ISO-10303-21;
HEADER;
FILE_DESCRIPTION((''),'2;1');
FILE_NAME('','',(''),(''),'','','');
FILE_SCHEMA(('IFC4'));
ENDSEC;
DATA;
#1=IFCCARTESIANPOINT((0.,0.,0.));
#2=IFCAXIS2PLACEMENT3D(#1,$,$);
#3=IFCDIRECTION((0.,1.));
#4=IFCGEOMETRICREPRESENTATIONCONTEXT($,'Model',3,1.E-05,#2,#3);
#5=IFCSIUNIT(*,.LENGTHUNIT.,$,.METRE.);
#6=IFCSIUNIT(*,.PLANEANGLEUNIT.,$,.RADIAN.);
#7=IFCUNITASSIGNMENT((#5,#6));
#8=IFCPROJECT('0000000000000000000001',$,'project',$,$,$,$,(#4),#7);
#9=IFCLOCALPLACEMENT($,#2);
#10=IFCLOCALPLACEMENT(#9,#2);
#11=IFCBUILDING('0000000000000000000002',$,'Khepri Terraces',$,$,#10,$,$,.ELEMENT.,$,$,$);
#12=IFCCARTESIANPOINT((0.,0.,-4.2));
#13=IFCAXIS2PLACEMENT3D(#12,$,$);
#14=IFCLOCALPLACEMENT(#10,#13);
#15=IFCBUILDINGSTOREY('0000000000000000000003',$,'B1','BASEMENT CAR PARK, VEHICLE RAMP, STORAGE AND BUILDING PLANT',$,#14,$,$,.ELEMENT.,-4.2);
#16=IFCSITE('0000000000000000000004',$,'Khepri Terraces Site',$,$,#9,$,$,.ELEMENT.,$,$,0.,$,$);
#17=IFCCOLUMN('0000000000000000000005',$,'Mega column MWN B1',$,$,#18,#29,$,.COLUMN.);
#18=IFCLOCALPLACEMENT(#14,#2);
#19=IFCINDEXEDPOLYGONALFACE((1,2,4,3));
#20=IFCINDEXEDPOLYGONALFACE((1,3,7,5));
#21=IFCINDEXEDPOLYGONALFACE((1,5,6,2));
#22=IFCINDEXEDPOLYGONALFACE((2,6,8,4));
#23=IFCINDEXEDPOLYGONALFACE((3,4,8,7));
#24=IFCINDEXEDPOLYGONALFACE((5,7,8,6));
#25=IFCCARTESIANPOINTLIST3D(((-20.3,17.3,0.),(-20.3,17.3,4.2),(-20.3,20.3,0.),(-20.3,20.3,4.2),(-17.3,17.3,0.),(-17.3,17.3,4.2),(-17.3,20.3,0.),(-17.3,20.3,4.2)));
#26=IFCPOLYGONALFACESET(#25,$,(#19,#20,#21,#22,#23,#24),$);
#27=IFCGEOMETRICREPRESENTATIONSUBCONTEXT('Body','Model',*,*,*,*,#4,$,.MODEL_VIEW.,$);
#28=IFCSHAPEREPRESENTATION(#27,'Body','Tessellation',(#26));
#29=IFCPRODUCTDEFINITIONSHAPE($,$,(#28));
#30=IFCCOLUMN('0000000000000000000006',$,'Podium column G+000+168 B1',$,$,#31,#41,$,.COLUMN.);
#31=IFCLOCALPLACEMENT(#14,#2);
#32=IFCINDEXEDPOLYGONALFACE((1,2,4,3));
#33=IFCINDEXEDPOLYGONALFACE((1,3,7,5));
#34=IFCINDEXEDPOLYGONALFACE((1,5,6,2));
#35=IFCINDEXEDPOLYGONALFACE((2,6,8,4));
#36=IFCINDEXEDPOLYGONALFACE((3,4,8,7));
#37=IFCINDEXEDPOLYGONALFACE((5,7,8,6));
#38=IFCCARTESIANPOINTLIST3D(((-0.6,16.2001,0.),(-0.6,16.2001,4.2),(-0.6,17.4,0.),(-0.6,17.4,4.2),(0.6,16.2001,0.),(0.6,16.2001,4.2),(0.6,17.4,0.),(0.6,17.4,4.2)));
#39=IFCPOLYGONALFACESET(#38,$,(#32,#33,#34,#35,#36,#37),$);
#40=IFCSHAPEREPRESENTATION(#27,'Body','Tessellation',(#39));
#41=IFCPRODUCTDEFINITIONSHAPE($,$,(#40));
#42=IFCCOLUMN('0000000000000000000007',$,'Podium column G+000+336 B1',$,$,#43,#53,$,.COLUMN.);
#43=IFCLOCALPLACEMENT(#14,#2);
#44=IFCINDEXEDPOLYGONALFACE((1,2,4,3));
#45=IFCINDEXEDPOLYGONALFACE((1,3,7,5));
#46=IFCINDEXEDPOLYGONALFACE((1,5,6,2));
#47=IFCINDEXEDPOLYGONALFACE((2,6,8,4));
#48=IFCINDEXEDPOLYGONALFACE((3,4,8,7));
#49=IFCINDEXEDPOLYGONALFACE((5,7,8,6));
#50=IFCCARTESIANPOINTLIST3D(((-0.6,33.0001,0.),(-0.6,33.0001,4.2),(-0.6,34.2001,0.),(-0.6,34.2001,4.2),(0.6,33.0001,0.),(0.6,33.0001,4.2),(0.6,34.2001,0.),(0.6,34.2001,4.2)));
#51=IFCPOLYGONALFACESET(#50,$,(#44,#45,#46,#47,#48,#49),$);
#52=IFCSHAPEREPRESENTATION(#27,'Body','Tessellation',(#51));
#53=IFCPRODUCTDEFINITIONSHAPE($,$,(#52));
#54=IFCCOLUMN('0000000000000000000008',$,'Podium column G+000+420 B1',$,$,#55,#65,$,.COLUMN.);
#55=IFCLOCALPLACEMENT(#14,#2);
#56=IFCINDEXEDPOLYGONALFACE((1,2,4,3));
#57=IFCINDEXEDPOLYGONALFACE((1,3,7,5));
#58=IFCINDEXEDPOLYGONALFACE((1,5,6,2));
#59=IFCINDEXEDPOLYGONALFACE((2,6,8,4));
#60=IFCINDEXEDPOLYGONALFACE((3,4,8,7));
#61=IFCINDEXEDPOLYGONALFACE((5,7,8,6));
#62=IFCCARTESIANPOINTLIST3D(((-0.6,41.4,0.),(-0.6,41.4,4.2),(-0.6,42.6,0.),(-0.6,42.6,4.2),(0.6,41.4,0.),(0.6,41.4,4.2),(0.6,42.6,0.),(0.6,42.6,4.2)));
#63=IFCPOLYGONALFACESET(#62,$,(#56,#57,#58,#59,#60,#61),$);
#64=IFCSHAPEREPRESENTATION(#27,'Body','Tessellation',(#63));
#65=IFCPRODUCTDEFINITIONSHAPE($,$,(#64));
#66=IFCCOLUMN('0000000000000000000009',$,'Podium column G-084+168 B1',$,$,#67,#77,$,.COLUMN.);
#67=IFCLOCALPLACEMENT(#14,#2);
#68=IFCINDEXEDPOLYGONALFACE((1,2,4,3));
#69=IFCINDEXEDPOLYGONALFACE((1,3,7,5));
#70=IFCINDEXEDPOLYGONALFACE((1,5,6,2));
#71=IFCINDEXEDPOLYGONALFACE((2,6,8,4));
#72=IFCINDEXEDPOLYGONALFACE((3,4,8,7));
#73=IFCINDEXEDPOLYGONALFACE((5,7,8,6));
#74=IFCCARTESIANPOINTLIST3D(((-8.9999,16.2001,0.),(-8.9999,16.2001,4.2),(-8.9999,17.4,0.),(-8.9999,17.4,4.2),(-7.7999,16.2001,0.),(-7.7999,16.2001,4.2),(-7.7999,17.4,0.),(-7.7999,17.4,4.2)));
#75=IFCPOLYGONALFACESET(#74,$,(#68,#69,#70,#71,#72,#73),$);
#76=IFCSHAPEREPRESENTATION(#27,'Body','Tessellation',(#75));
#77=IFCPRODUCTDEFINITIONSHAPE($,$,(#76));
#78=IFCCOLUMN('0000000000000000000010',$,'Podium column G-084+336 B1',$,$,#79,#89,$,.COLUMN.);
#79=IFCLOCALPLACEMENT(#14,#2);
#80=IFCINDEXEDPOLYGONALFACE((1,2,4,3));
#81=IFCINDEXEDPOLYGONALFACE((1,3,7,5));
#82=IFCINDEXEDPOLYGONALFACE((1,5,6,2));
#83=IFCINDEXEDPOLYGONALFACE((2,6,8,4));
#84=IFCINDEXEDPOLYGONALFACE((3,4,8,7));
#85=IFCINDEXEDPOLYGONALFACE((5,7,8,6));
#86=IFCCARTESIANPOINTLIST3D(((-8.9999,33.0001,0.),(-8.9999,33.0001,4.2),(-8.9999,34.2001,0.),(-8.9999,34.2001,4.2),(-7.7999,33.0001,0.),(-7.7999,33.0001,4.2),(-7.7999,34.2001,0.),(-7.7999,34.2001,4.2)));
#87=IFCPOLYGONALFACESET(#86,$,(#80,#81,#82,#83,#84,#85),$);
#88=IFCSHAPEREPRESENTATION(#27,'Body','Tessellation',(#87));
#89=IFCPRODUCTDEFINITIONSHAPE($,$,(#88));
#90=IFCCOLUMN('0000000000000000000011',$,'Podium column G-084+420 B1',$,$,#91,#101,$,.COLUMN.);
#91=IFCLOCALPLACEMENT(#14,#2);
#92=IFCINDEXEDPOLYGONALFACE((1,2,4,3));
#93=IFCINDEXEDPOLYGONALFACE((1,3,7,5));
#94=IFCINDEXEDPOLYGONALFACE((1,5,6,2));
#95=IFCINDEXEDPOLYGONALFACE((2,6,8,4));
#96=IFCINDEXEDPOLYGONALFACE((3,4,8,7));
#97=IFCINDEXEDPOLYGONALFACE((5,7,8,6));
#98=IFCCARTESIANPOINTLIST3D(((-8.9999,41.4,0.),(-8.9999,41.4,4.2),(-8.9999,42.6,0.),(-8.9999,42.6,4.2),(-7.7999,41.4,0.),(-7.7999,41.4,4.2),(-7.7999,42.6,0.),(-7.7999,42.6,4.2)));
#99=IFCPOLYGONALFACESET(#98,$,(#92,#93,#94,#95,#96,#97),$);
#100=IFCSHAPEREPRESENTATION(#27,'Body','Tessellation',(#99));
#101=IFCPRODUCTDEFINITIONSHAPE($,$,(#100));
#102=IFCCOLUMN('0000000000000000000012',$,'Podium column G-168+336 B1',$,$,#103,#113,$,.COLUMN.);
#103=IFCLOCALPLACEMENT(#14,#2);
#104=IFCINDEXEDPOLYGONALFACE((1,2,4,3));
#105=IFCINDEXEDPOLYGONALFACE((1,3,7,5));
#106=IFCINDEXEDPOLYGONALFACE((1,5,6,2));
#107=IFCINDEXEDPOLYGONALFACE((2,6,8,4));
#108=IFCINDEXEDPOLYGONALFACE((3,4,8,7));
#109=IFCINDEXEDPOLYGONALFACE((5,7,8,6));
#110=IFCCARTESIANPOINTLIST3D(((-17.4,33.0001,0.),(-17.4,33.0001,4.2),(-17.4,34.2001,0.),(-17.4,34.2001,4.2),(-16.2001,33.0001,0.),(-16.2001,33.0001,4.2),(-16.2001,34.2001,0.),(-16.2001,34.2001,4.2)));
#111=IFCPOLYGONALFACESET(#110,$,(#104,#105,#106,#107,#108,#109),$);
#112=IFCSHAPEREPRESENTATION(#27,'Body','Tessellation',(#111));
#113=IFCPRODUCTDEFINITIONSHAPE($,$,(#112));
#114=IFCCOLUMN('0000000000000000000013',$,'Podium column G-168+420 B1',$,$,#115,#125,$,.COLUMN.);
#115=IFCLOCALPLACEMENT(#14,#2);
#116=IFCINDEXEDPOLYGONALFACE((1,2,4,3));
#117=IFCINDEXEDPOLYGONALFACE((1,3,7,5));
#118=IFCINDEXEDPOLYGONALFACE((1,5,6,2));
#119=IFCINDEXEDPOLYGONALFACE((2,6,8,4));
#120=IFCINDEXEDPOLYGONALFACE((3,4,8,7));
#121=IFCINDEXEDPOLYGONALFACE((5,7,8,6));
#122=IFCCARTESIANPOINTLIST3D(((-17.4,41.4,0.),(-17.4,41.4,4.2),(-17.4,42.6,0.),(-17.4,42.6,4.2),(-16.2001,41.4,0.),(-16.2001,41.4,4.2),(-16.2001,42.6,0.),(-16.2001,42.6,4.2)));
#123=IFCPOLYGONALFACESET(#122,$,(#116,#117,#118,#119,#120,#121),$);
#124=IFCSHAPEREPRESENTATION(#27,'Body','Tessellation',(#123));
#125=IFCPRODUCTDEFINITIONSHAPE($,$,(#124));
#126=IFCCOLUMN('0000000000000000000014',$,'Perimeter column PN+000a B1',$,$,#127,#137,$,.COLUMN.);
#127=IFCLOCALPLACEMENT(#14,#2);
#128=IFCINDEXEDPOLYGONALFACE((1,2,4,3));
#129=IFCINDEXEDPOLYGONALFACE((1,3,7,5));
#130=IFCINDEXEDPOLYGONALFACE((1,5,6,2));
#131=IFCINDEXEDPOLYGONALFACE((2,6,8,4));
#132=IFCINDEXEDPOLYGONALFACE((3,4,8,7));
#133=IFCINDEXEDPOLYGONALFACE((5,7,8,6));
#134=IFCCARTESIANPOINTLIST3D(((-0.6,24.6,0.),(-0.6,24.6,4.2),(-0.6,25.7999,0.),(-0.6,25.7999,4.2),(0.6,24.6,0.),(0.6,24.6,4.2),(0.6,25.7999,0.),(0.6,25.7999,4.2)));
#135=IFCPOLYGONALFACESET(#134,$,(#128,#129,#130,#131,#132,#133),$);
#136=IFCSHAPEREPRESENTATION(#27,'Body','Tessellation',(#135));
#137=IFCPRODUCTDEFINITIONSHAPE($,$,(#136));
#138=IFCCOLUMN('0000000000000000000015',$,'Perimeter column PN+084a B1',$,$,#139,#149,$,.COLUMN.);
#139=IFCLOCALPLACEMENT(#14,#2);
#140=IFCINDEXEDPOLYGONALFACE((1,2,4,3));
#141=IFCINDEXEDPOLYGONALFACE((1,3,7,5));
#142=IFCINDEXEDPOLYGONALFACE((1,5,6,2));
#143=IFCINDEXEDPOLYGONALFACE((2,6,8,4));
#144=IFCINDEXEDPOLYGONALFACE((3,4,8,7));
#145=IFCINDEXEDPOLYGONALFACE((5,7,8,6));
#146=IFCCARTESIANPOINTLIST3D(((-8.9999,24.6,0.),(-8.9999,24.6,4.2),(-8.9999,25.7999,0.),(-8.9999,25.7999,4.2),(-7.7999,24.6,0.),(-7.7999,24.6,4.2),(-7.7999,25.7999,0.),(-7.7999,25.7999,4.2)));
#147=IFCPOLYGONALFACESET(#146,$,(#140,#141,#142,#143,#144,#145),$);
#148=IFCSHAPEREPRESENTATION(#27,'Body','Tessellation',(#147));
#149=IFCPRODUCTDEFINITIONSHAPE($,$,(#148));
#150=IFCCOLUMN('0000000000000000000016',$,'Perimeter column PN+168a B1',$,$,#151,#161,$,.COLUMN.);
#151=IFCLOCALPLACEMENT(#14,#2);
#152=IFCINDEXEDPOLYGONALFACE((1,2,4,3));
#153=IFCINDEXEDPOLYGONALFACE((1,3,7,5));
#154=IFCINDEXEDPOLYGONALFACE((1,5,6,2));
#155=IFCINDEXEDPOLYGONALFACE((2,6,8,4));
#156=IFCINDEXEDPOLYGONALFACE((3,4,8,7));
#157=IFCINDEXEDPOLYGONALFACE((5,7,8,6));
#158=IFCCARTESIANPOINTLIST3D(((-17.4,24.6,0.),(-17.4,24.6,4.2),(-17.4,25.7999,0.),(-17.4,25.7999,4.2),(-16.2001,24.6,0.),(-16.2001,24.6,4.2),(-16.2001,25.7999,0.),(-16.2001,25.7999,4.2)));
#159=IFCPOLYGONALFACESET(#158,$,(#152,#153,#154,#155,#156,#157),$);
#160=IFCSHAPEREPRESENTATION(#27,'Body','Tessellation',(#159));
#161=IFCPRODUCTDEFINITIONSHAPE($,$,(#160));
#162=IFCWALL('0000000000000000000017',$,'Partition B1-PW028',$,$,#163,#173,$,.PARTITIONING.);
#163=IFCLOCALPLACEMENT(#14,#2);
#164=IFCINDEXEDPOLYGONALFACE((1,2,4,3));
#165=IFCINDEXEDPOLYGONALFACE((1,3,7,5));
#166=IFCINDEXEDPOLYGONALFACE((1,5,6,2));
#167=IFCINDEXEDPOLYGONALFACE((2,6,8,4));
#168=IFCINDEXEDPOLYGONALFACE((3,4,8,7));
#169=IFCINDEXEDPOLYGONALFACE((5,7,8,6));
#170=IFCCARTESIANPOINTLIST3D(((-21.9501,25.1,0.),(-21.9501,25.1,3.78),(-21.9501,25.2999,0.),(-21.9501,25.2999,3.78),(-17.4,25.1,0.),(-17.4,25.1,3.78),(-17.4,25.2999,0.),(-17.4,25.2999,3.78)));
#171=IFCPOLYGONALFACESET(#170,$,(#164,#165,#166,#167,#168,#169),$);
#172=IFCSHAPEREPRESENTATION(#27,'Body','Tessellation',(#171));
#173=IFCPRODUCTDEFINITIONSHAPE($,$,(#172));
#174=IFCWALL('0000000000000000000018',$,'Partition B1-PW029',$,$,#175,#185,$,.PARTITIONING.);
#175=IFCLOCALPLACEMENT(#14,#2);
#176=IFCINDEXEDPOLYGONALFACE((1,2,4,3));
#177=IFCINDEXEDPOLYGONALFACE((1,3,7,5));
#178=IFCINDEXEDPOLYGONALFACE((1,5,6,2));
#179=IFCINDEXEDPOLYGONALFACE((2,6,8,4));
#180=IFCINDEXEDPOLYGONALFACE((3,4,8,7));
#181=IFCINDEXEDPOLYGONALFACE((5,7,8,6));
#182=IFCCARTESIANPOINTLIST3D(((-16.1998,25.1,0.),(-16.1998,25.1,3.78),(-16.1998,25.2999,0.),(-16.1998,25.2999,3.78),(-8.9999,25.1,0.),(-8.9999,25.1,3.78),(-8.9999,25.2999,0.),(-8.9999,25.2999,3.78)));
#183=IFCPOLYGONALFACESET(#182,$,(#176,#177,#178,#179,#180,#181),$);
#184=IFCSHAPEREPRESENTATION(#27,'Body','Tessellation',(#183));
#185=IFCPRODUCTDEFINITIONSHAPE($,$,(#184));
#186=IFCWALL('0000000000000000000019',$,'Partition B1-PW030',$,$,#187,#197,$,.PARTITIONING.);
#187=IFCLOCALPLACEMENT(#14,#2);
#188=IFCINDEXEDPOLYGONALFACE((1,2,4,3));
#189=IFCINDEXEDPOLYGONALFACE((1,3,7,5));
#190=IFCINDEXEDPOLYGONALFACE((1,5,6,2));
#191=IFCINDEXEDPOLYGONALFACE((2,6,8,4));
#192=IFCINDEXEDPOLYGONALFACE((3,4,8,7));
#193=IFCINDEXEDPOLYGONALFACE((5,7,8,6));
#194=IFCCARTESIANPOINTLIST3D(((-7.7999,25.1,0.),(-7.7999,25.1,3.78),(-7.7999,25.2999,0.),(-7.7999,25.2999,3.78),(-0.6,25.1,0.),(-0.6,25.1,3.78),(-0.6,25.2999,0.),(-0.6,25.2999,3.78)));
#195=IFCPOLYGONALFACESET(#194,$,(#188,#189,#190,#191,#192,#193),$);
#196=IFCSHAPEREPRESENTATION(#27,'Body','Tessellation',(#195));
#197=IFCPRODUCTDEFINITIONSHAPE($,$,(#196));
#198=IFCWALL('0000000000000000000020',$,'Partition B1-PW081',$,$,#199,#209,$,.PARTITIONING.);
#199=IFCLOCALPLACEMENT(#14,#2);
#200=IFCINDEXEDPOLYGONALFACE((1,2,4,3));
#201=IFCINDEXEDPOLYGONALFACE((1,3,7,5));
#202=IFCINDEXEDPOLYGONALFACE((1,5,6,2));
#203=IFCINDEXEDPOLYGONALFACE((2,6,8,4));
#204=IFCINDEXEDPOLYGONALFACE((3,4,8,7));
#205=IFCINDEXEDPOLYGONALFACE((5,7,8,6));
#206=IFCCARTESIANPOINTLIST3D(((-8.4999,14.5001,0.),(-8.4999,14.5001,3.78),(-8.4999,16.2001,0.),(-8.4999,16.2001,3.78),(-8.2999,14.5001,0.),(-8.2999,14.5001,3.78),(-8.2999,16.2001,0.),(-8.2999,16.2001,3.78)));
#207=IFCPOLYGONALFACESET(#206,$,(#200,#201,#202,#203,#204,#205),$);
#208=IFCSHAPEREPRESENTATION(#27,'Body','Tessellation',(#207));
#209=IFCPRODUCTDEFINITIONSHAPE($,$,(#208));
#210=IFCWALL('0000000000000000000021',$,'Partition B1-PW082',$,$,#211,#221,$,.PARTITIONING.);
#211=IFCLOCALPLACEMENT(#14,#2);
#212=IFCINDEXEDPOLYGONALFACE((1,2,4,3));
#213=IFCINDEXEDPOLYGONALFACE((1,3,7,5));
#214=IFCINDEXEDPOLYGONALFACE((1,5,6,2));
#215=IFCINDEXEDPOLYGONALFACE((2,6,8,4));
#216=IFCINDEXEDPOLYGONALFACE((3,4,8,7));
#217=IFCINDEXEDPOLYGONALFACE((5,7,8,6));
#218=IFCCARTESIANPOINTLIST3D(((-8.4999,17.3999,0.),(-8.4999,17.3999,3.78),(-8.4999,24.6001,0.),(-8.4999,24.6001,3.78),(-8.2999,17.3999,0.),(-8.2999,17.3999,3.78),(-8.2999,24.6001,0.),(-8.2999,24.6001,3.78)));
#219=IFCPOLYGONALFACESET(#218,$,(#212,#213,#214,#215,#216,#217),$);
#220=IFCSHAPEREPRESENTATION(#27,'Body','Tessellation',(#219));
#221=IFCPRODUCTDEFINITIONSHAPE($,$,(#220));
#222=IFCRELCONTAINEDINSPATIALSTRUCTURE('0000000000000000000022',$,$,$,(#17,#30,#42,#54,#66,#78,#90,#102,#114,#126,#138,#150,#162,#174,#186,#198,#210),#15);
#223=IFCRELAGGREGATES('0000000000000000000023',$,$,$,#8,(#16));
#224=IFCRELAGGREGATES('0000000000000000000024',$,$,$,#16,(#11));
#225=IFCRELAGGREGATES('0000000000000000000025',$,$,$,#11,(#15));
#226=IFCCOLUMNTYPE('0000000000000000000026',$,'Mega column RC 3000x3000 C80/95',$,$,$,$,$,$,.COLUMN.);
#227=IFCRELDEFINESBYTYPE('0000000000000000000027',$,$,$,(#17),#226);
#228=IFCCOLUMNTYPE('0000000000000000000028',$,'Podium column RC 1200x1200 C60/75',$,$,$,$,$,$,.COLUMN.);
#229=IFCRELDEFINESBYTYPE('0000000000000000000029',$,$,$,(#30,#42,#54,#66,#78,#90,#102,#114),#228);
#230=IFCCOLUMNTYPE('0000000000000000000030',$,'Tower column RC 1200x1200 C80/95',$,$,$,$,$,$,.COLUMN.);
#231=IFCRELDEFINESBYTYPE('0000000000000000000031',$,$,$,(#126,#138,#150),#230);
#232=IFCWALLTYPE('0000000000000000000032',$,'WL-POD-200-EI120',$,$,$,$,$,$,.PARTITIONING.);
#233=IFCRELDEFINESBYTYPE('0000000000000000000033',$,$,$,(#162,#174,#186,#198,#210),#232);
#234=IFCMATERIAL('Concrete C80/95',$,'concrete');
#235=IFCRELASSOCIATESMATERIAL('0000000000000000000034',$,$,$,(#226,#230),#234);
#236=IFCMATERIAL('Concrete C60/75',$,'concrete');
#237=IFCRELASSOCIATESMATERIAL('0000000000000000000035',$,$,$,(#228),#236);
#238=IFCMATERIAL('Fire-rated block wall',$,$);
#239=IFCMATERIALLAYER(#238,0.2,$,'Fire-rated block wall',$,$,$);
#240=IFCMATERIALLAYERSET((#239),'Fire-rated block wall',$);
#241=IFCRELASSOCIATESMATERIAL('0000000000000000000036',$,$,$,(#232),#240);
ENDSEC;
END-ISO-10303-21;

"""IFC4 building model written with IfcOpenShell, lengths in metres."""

from ifc_helpers import new_model, si_unit, direction, frame, frame_2d, origin, origin_2d, place, context, subcontext, project, spatial, rectangle, extrude, material, layer, layer_set, material_profile, profile_set, type_object, element, save


model = new_model("IFC4")

# Units and contexts
model_context = context("Model", 3, precision=1e-05, world=origin(), true_north=direction((0.0, 1.0)))
body_context = subcontext(model_context, "Body", "Model", "MODEL_VIEW")
ifc_project = project(units=[si_unit("LENGTHUNIT", "METRE"), si_unit("PLANEANGLEUNIT", "RADIAN")], contexts=[model_context])

# Site, building, storey
site_placement = place(None, origin())
site = spatial("IfcSite", under=ifc_project, at=site_placement, Name="Khepri Terraces Site", CompositionType="ELEMENT", RefElevation=0.0)
building_placement = place(site_placement, origin())
building = spatial("IfcBuilding", under=site, at=building_placement, Name="Khepri Terraces", CompositionType="ELEMENT")
storey_placement = place(building_placement, frame((0.0, 0.0, -4.2)))
storey = spatial("IfcBuildingStorey", under=building, at=storey_placement, Name="B1", Description="BASEMENT CAR PARK, VEHICLE RAMP, STORAGE AND BUILDING PLANT", CompositionType="ELEMENT", Elevation=-4.2)

# Columns
ifc_material_1 = material(Name="Concrete C80/95", Category="concrete")
ifc_material_profile_1 = material_profile(ifc_material_1, rectangle(XDim=3.0, YDim=3.0, at=origin_2d()), Name="Concrete C80/95", Category="concrete")
ifc_profile_set_1 = profile_set([ifc_material_profile_1], Name="Concrete C80/95")
column_type_1 = type_object("IfcColumnType", Name="Mega column RC 3000x3000 C80/95", PredefinedType="COLUMN", material=ifc_profile_set_1)
column_placement = place(storey_placement, frame((-18.8, 18.8, 0.0), z_axis=(0.0, 0.0, 1.0), x_axis=(1.0, 0.0, 0.0)))
element("IfcColumn", 1, at=column_placement, inside=storey, type_object=column_type_1, Name="Mega column MWN B1", PredefinedType="COLUMN", context=body_context, shape_type="SweptSolid", body=[
    extrude(rectangle(XDim=3.0, YDim=3.0, at=origin_2d()), origin(), (0.0, 0.0, 1.0), 4.2),
])
ifc_material_2 = material(Name="Concrete C60/75", Category="concrete")
ifc_material_profile_2 = material_profile(ifc_material_2, rectangle(XDim=1.2, YDim=1.2, at=origin_2d()), Name="Concrete C60/75", Category="concrete")
ifc_profile_set_2 = profile_set([ifc_material_profile_2], Name="Concrete C60/75")
column_type_2 = type_object("IfcColumnType", Name="Podium column RC 1200x1200 C60/75", PredefinedType="COLUMN", material=ifc_profile_set_2)
for number, where, z_axis, x_axis, name in (
    (2, (0.0, 16.8, 0.0), (0.0, 0.0, 1.0), (1.0, 0.0, 0.0), "Podium column G+000+168 B1"),
    (3, (0.0, 33.6001, 0.0), (0.0, 0.0, 1.0), (1.0, 0.0, 0.0), "Podium column G+000+336 B1"),
    (4, (0.0, 42.0, 0.0), (0.0, 0.0, 1.0), (1.0, 0.0, 0.0), "Podium column G+000+420 B1"),
    (5, (-8.3999, 16.8, 0.0), (0.0, 0.0, 1.0), (1.0, 0.0, 0.0), "Podium column G-084+168 B1"),
    (6, (-8.3999, 33.6001, 0.0), (0.0, 0.0, 1.0), (1.0, 0.0, 0.0), "Podium column G-084+336 B1"),
    (7, (-8.3999, 42.0, 0.0), (0.0, 0.0, 1.0), (1.0, 0.0, 0.0), "Podium column G-084+420 B1"),
    (8, (-16.8, 33.6001, 0.0), (0.0, 0.0, 1.0), (1.0, 0.0, 0.0), "Podium column G-168+336 B1"),
    (9, (-16.8, 42.0, 0.0), (0.0, 0.0, 1.0), (1.0, 0.0, 0.0), "Podium column G-168+420 B1"),
):
    element("IfcColumn", number, at=place(storey_placement, frame(where, z_axis=z_axis, x_axis=x_axis)), inside=storey, type_object=column_type_2, Name=name, PredefinedType="COLUMN", context=body_context, shape_type="SweptSolid", body=[
        extrude(rectangle(XDim=1.2, YDim=1.2, at=origin_2d()), origin(), (0.0, 0.0, 1.0), 4.2),
    ])
ifc_material_profile_3 = material_profile(ifc_material_1, rectangle(XDim=1.2, YDim=1.2, at=origin_2d()), Name="Concrete C80/95", Category="concrete")
ifc_profile_set_3 = profile_set([ifc_material_profile_3], Name="Concrete C80/95")
column_type_3 = type_object("IfcColumnType", Name="Tower column RC 1200x1200 C80/95", PredefinedType="COLUMN", material=ifc_profile_set_3)
for number, where, z_axis, x_axis, name in (
    (10, (0.0, 25.2, 0.0), (0.0, 0.0, 1.0), (1.0, 0.0, 0.0), "Perimeter column PN+000a B1"),
    (11, (-8.3999, 25.2, 0.0), (0.0, 0.0, 1.0), (1.0, 0.0, 0.0), "Perimeter column PN+084a B1"),
    (12, (-16.8, 25.2, 0.0), (0.0, 0.0, 1.0), (1.0, 0.0, 0.0), "Perimeter column PN+168a B1"),
):
    element("IfcColumn", number, at=place(storey_placement, frame(where, z_axis=z_axis, x_axis=x_axis)), inside=storey, type_object=column_type_3, Name=name, PredefinedType="COLUMN", context=body_context, shape_type="SweptSolid", body=[
        extrude(rectangle(XDim=1.2, YDim=1.2, at=origin_2d()), origin(), (0.0, 0.0, 1.0), 4.2),
    ])

# Walls
ifc_material_3 = material(Name="Fire-rated block wall")
ifc_layer_1 = layer(ifc_material_3, 0.2, Name="Fire-rated block wall")
ifc_layer_set_1 = layer_set([ifc_layer_1], Name="Fire-rated block wall")
wall_type_1 = type_object("IfcWallType", Name="WL-POD-200-EI120", PredefinedType="PARTITIONING", material=ifc_layer_set_1)
wall_1_placement = place(storey_placement, frame((-21.95, 25.2, 0.0), z_axis=(0.0, 0.0, 1.0), x_axis=(1.0, 0.0, 0.0)))
element("IfcWall", 13, at=wall_1_placement, inside=storey, type_object=wall_type_1, Name="Partition B1-PW028", PredefinedType="PARTITIONING", context=body_context, shape_type="SweptSolid", body=[
    extrude(rectangle(XDim=4.55, YDim=0.2, at=frame_2d((2.2749, 0.0))), origin(), (0.0, 0.0, 1.0), 3.78),
])
for number, where, z_axis, x_axis, name in (
    (14, (-16.2, 25.2, 0.0), (0.0, 0.0, 1.0), (1.0, 0.0, 0.0), "Partition B1-PW029"),
    (15, (-7.8, 25.2, 0.0), (0.0, 0.0, 1.0), (1.0, 0.0, 0.0), "Partition B1-PW030"),
):
    element("IfcWall", number, at=place(storey_placement, frame(where, z_axis=z_axis, x_axis=x_axis)), inside=storey, type_object=wall_type_1, Name=name, PredefinedType="PARTITIONING", context=body_context, shape_type="SweptSolid", body=[
        extrude(rectangle(XDim=7.2, YDim=0.2, at=frame_2d((3.6001, 0.0))), origin(), (0.0, 0.0, 1.0), 3.78),
    ])
wall_2_placement = place(storey_placement, frame((-8.3999, 14.5, 0.0), z_axis=(0.0, 0.0, 1.0), x_axis=(0.0, 1.0, 0.0)))
element("IfcWall", 16, at=wall_2_placement, inside=storey, type_object=wall_type_1, Name="Partition B1-PW081", PredefinedType="PARTITIONING", context=body_context, shape_type="SweptSolid", body=[
    extrude(rectangle(XDim=1.7, YDim=0.2, at=frame_2d((0.8501, 0.0))), origin(), (0.0, 0.0, 1.0), 3.78),
])
wall_3_placement = place(storey_placement, frame((-8.3999, 17.3999, 0.0), z_axis=(0.0, 0.0, 1.0), x_axis=(0.0, 1.0, 0.0)))
element("IfcWall", 17, at=wall_3_placement, inside=storey, type_object=wall_type_1, Name="Partition B1-PW082", PredefinedType="PARTITIONING", context=body_context, shape_type="SweptSolid", body=[
    extrude(rectangle(XDim=7.2002, YDim=0.2, at=frame_2d((3.6001, 0.0))), origin(), (0.0, 0.0, 1.0), 3.78),
])

save(model, "model.ifc")
